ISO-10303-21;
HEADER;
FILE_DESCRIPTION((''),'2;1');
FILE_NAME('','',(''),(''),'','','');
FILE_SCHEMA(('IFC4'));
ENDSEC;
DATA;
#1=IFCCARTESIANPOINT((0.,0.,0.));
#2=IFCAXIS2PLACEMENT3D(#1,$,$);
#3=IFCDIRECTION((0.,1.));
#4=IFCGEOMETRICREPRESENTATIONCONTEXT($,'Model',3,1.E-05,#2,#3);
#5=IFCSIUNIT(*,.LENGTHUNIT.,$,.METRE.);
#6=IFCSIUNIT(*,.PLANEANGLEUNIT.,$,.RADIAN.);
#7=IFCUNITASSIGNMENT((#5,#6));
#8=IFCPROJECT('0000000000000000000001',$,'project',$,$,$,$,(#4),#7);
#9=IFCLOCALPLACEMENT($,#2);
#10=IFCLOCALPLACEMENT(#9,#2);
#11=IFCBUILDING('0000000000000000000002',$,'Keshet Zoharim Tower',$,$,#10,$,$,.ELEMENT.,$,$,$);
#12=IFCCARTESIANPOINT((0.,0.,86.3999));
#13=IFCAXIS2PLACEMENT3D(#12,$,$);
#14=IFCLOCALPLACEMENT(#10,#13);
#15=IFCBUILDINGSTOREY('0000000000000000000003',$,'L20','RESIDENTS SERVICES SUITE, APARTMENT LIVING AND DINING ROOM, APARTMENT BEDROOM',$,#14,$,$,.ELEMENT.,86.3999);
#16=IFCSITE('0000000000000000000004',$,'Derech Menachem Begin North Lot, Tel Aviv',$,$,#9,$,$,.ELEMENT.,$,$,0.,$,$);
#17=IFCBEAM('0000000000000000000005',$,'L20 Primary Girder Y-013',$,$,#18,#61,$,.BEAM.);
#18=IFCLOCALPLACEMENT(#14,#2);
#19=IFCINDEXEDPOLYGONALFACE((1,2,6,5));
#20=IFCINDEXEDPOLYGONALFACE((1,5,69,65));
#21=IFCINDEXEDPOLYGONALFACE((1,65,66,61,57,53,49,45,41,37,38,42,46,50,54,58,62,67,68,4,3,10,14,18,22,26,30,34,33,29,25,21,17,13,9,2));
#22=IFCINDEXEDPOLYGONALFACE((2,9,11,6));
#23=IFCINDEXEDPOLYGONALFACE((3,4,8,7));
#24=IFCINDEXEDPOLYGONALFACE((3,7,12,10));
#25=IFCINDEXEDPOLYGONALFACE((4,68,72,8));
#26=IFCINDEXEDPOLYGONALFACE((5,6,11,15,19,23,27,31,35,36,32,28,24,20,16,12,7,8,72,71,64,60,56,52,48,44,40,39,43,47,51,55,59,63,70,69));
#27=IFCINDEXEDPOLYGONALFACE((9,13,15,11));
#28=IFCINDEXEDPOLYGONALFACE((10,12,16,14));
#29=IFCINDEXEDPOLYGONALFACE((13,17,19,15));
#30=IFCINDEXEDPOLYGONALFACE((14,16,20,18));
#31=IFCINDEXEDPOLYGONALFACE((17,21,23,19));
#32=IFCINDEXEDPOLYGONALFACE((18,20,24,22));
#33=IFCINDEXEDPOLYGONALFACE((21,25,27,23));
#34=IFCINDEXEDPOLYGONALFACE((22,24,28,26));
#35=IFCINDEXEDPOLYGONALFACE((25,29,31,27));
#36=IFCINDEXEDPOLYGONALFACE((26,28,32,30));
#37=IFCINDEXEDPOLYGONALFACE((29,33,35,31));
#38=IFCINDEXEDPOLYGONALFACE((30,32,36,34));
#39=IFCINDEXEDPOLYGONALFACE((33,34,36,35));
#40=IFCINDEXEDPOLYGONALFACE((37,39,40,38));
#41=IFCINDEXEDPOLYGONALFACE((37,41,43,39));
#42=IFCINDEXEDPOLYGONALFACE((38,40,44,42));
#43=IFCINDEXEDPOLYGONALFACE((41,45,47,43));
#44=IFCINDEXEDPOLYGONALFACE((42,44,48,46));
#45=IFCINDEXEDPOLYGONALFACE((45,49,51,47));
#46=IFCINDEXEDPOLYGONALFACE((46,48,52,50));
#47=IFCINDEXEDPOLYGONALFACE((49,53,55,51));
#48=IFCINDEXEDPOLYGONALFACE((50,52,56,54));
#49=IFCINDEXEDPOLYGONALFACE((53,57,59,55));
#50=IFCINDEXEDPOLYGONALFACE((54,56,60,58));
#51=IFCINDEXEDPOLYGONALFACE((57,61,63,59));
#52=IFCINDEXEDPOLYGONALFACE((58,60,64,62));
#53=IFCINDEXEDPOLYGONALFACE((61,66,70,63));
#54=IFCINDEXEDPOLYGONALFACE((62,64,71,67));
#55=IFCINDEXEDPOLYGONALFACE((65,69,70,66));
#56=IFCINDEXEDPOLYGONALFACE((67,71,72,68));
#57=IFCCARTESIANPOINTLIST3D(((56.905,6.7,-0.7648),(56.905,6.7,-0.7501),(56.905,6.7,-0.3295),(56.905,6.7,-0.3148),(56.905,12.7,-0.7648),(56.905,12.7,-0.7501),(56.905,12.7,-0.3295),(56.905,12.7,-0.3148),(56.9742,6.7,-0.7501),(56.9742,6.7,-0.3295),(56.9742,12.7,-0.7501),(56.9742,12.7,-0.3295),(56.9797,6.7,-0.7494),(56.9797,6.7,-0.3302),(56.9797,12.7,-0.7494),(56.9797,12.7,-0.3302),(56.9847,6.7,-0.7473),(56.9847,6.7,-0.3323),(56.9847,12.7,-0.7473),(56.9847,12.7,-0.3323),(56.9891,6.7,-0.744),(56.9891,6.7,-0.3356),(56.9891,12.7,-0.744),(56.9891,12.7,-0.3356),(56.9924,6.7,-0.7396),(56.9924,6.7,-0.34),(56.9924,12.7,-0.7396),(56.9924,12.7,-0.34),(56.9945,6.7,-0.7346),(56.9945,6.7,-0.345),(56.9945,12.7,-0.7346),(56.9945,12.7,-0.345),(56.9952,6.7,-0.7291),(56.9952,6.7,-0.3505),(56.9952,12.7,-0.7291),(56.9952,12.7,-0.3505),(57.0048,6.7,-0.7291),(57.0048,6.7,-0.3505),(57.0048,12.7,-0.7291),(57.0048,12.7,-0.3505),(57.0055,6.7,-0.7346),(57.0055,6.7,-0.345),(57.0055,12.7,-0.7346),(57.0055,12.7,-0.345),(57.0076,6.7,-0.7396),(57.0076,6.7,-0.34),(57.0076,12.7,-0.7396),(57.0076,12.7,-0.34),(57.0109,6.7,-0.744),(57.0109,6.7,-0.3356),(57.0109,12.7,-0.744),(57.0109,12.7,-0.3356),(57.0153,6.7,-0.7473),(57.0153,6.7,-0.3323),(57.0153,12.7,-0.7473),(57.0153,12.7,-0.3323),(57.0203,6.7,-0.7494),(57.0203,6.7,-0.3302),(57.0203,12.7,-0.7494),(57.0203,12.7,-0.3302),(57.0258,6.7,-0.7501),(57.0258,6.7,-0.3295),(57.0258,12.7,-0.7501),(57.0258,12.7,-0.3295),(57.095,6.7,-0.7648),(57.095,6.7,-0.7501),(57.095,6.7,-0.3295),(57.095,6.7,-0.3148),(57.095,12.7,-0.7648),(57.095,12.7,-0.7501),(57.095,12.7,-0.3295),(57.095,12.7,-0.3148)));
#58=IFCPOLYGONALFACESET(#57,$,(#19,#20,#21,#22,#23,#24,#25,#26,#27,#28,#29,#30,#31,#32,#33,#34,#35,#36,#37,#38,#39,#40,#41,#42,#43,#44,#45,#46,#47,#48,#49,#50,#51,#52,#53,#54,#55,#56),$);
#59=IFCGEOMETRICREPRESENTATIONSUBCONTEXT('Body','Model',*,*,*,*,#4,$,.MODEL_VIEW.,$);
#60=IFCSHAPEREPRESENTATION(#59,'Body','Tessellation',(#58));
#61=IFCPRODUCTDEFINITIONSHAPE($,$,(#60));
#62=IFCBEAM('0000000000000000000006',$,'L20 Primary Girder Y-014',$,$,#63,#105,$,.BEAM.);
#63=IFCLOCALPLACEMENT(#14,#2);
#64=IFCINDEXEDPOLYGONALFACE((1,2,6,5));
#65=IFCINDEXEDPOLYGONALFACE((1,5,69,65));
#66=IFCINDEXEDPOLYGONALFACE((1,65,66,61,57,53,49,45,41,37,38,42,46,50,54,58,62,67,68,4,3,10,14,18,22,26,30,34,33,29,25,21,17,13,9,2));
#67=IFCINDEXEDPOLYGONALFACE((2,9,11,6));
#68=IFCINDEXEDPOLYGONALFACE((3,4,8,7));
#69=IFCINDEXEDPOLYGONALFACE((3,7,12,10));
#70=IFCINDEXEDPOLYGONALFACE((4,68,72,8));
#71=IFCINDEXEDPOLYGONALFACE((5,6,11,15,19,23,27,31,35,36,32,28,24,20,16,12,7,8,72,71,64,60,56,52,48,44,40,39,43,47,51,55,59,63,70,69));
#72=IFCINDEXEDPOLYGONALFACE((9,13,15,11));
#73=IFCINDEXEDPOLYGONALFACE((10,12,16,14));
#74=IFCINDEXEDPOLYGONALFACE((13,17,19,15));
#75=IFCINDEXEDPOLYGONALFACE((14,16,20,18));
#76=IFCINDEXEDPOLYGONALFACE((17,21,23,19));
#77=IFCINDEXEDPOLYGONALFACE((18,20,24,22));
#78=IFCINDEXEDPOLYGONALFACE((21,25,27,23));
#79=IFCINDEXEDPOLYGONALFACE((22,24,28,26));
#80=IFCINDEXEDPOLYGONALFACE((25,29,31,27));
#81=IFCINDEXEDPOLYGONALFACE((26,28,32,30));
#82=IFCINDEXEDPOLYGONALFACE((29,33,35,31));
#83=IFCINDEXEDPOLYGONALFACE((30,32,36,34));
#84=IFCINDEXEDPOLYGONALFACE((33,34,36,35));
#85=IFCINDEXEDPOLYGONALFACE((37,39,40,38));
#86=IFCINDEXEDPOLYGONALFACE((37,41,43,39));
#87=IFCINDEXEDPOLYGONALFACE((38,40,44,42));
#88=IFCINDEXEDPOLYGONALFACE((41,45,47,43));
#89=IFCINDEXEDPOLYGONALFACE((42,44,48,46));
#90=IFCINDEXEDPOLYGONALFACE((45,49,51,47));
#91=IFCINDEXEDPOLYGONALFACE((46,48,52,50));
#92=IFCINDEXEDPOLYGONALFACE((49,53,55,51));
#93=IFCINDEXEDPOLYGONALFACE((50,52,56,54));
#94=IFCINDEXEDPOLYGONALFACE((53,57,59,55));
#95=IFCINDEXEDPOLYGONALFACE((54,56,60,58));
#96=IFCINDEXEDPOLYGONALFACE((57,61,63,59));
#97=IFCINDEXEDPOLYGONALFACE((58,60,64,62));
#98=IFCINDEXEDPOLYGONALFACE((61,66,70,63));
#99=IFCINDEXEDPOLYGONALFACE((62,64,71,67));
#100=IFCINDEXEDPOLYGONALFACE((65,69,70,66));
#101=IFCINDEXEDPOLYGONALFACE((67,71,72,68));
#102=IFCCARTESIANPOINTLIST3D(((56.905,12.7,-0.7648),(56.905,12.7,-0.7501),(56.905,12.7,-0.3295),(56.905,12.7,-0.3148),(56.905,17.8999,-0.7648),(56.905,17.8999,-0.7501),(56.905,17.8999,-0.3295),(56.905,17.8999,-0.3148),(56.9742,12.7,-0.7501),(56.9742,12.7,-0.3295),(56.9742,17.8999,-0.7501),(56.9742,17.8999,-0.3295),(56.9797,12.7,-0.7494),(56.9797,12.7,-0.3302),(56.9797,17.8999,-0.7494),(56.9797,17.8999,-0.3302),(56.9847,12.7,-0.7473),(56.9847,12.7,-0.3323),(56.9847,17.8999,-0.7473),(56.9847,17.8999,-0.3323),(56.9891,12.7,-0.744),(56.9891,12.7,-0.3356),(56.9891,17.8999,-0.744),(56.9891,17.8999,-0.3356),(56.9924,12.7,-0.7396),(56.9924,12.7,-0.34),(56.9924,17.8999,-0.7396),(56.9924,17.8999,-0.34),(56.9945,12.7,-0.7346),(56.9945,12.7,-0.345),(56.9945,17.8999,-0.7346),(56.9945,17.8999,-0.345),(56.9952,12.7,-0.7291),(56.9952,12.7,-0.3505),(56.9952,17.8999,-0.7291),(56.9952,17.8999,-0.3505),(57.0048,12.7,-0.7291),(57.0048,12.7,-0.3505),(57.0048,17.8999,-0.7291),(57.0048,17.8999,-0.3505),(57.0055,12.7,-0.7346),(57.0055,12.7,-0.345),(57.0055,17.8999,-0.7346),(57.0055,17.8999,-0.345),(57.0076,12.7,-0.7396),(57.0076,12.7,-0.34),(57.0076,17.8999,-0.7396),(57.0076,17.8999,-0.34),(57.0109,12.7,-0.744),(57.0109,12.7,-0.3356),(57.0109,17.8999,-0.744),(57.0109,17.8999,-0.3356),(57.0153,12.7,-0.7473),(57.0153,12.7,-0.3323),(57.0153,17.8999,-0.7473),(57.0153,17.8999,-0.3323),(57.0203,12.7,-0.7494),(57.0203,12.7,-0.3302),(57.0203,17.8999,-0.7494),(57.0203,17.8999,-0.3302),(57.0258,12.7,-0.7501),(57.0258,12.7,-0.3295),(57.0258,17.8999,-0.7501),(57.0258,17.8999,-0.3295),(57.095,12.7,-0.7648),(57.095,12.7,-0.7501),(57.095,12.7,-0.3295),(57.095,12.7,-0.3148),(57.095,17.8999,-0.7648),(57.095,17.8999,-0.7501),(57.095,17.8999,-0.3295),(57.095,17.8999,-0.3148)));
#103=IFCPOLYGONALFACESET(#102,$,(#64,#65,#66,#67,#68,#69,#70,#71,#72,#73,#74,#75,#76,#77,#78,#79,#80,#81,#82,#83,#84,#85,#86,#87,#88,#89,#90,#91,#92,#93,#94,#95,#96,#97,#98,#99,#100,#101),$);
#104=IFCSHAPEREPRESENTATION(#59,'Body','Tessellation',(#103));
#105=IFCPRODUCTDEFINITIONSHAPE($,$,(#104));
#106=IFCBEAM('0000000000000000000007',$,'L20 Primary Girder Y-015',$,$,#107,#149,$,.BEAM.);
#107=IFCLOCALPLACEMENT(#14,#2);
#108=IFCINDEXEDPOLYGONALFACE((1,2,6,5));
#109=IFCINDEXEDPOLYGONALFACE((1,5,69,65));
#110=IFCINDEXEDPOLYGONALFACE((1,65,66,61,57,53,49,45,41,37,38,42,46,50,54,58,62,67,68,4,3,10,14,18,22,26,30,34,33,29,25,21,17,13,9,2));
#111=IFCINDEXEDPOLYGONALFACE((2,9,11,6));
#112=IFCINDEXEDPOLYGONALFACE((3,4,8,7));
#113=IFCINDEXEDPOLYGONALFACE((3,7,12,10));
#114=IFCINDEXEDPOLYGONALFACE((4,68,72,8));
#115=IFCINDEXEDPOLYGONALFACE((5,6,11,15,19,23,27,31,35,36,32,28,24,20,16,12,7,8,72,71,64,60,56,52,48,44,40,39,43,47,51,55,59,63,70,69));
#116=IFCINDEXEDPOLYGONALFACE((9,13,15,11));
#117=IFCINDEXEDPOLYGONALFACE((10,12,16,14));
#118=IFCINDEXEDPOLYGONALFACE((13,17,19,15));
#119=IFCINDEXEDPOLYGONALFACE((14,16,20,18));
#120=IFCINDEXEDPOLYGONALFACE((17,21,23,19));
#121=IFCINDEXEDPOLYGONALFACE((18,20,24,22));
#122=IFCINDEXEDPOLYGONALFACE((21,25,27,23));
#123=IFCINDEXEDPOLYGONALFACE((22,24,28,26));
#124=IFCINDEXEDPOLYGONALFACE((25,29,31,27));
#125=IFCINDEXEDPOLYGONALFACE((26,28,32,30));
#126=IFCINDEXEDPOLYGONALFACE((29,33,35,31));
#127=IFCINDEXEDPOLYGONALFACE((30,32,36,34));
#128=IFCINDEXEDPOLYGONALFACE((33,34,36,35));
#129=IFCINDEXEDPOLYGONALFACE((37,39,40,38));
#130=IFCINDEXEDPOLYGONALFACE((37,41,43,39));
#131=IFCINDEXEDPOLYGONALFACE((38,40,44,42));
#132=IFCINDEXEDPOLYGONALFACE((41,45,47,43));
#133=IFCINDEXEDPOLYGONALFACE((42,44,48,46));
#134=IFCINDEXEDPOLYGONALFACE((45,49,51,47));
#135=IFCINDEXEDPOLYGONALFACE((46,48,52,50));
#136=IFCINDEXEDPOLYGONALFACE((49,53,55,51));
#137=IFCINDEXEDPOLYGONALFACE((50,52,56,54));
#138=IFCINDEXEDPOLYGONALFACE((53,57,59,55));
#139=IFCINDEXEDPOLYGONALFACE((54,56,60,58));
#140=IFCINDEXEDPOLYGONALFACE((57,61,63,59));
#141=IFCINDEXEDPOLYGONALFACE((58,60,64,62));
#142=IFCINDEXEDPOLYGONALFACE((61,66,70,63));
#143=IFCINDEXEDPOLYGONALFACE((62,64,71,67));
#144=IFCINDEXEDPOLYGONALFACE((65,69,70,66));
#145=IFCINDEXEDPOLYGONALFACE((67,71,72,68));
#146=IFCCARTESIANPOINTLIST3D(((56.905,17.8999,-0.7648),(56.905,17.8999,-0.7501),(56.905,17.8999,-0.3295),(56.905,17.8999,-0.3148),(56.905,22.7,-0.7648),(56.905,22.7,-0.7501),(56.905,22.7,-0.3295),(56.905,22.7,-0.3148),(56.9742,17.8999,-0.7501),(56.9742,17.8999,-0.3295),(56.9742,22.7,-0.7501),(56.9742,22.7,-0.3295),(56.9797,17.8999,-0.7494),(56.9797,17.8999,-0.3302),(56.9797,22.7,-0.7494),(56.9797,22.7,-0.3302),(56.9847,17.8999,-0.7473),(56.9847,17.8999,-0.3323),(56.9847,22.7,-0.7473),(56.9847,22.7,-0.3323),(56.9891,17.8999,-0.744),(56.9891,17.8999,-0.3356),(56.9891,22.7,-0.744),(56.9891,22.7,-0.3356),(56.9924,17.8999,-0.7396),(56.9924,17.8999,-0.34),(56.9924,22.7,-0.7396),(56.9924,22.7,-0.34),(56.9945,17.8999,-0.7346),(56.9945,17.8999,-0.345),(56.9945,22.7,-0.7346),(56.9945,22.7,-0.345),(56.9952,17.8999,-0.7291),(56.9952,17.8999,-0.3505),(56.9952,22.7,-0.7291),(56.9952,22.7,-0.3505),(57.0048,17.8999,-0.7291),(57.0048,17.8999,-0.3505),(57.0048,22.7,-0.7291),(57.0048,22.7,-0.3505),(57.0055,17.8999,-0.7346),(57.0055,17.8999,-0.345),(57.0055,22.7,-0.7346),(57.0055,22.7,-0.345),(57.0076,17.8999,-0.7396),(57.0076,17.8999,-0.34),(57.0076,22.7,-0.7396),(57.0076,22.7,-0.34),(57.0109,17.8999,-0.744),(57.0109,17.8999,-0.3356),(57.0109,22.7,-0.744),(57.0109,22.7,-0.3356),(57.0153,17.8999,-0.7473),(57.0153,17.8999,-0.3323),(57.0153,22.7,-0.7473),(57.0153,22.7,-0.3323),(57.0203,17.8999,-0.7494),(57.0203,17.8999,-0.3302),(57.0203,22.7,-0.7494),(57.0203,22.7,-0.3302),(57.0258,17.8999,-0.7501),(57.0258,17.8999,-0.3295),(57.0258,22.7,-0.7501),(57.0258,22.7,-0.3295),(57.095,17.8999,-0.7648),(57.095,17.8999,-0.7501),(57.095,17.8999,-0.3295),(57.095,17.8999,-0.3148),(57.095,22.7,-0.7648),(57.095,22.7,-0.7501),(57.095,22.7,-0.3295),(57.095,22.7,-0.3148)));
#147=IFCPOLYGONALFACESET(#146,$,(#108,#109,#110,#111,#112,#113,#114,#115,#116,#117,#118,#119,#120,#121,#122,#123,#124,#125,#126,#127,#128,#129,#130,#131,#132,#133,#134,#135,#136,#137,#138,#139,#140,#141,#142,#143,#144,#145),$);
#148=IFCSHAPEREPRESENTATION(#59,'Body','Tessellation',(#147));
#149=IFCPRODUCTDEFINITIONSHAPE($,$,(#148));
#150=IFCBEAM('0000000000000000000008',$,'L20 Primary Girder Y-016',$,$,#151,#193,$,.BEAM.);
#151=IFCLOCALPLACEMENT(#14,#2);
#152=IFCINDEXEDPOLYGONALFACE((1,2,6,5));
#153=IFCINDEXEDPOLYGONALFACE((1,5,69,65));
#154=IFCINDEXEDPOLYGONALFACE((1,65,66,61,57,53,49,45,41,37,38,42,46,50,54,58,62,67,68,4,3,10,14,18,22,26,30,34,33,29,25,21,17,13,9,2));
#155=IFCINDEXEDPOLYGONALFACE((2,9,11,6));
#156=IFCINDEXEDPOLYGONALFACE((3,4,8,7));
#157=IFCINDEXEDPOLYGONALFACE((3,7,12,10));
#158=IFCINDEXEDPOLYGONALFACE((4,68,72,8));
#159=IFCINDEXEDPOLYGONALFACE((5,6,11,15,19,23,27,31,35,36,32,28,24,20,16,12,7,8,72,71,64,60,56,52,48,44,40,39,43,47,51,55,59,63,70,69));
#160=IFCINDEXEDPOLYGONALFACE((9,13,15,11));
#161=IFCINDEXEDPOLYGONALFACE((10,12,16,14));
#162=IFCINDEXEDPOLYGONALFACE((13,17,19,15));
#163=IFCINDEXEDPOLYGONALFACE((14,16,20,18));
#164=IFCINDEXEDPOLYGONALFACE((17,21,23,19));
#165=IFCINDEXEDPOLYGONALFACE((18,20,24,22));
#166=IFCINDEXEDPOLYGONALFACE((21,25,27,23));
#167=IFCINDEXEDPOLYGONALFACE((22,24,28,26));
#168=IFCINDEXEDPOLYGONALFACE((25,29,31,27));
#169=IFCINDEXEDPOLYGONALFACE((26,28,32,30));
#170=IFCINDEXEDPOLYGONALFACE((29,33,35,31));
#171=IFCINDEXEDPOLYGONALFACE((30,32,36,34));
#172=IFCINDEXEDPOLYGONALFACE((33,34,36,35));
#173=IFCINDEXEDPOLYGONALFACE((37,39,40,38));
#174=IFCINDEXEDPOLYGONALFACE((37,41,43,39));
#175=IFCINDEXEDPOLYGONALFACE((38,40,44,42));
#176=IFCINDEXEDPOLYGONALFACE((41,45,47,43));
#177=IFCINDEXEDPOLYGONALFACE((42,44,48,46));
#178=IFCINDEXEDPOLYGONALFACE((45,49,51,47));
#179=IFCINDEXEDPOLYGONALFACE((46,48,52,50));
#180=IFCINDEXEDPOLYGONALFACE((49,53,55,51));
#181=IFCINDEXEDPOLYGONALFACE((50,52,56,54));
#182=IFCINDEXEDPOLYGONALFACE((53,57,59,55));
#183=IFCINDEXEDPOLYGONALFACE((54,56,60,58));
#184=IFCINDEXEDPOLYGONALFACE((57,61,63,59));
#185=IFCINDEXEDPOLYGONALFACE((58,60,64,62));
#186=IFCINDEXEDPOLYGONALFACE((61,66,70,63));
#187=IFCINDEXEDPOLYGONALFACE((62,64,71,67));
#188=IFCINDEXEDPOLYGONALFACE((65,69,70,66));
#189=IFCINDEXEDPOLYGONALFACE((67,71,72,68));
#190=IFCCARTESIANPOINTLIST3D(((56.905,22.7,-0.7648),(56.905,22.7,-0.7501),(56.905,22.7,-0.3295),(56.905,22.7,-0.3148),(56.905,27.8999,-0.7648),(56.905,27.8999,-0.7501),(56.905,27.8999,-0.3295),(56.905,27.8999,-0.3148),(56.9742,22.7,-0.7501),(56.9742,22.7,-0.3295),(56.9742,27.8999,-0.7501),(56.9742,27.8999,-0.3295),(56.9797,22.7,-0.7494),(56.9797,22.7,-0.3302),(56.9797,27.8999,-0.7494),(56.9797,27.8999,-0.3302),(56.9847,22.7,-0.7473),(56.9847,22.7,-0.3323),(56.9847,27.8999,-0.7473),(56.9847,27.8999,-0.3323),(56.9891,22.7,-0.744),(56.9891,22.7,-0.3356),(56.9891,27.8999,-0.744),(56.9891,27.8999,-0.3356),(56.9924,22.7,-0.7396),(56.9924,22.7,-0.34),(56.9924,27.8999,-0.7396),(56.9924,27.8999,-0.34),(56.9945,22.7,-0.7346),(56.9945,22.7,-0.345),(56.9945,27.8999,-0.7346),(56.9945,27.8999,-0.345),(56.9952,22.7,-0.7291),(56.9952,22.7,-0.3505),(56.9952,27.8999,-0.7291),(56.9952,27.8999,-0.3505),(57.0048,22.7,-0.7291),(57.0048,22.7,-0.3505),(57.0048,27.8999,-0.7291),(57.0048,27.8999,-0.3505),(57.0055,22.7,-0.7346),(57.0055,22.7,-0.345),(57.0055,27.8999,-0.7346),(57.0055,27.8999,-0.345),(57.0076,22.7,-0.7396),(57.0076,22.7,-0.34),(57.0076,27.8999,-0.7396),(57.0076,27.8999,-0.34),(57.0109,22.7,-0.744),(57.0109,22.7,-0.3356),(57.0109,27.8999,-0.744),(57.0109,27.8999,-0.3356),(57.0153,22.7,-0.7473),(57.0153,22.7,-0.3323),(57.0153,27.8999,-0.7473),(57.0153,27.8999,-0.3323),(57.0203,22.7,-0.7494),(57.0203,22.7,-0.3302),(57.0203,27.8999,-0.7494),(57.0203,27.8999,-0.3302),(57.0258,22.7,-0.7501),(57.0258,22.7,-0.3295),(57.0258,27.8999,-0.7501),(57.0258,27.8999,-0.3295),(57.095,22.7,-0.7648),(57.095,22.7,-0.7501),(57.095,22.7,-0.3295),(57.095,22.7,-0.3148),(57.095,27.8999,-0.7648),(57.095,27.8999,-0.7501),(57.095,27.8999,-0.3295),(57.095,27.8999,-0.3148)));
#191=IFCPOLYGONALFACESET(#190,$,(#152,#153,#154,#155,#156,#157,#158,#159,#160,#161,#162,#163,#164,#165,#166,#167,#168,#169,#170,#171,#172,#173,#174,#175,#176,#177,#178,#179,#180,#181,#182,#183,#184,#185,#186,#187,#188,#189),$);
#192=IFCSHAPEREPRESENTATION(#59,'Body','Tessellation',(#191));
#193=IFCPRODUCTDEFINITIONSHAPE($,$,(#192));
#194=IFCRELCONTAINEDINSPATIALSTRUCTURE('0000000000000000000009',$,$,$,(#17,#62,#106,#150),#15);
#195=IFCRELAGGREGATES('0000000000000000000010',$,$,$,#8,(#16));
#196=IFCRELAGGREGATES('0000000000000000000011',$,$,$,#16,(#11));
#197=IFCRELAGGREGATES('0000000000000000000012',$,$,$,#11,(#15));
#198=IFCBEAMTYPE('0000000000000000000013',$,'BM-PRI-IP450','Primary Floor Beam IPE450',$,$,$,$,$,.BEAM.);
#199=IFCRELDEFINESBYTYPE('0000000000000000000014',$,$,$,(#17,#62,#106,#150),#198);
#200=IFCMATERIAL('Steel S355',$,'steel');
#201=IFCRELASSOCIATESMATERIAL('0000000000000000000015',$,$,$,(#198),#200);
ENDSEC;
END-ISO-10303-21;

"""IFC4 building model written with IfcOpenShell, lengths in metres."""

from ifc_helpers import new_model, si_unit, direction, frame, origin, origin_2d, place, context, subcontext, project, spatial, i_section, extrude, material, material_profile, profile_set, type_object, element, save


model = new_model("IFC4")

# Units and contexts
model_context = context("Model", 3, precision=1e-05, world=origin(), true_north=direction((0.0, 1.0)))
body_context = subcontext(model_context, "Body", "Model", "MODEL_VIEW")
ifc_project = project(units=[si_unit("LENGTHUNIT", "METRE"), si_unit("PLANEANGLEUNIT", "RADIAN")], contexts=[model_context])

# Site, building, storey
site_placement = place(None, origin())
site = spatial("IfcSite", under=ifc_project, at=site_placement, Name="Derech Menachem Begin North Lot, Tel Aviv", CompositionType="ELEMENT", RefElevation=0.0)
building_placement = place(site_placement, origin())
building = spatial("IfcBuilding", under=site, at=building_placement, Name="Keshet Zoharim Tower", CompositionType="ELEMENT")
storey_placement = place(building_placement, frame((0.0, 0.0, 86.3999)))
storey = spatial("IfcBuildingStorey", under=building, at=storey_placement, Name="L20", Description="RESIDENTS SERVICES SUITE, APARTMENT LIVING AND DINING ROOM, APARTMENT BEDROOM", CompositionType="ELEMENT", Elevation=86.3999)

# Shared definitions
ifc_material_1 = material(Name="Steel S355", Category="steel")

# Beams
ifc_material_profile_1 = material_profile(ifc_material_1, i_section(OverallWidth=0.1899, OverallDepth=0.45, WebThickness=0.0095, FlangeThickness=0.0146, FilletRadius=0.021, at=origin_2d()), Name="IPE450")
ifc_profile_set_1 = profile_set([ifc_material_profile_1], Name="Steel S355")
beam_type = type_object("IfcBeamType", Name="BM-PRI-IP450", Description="Primary Floor Beam IPE450", PredefinedType="BEAM", material=ifc_profile_set_1)
beam_1_placement = place(storey_placement, frame((57.0, 6.7, -0.5398), z_axis=(0.0, 1.0, 0.0), x_axis=(-1.0, 0.0, 0.0)))
element("IfcBeam", 1, at=beam_1_placement, inside=storey, type_object=beam_type, Name="L20 Primary Girder Y-013", PredefinedType="BEAM", context=body_context, shape_type="SweptSolid", body=[
    extrude(i_section(OverallWidth=0.1899, OverallDepth=0.45, WebThickness=0.0095, FlangeThickness=0.0146, FilletRadius=0.021, at=origin_2d()), origin(), (0.0, 0.0, 1.0), 6.0),
])
beam_2_placement = place(storey_placement, frame((57.0, 12.7, -0.5398), z_axis=(0.0, 1.0, 0.0), x_axis=(-1.0, 0.0, 0.0)))
element("IfcBeam", 2, at=beam_2_placement, inside=storey, type_object=beam_type, Name="L20 Primary Girder Y-014", PredefinedType="BEAM", context=body_context, shape_type="SweptSolid", body=[
    extrude(i_section(OverallWidth=0.1899, OverallDepth=0.45, WebThickness=0.0095, FlangeThickness=0.0146, FilletRadius=0.021, at=origin_2d()), origin(), (0.0, 0.0, 1.0), 5.2),
])
beam_3_placement = place(storey_placement, frame((57.0, 17.8999, -0.5398), z_axis=(0.0, 1.0, 0.0), x_axis=(-1.0, 0.0, 0.0)))
element("IfcBeam", 3, at=beam_3_placement, inside=storey, type_object=beam_type, Name="L20 Primary Girder Y-015", PredefinedType="BEAM", context=body_context, shape_type="SweptSolid", body=[
    extrude(i_section(OverallWidth=0.1899, OverallDepth=0.45, WebThickness=0.0095, FlangeThickness=0.0146, FilletRadius=0.021, at=origin_2d()), origin(), (0.0, 0.0, 1.0), 4.8),
])
beam_4_placement = place(storey_placement, frame((57.0, 22.7, -0.5398), z_axis=(0.0, 1.0, 0.0), x_axis=(-1.0, 0.0, 0.0)))
element("IfcBeam", 4, at=beam_4_placement, inside=storey, type_object=beam_type, Name="L20 Primary Girder Y-016", PredefinedType="BEAM", context=body_context, shape_type="SweptSolid", body=[
    extrude(i_section(OverallWidth=0.1899, OverallDepth=0.45, WebThickness=0.0095, FlangeThickness=0.0146, FilletRadius=0.021, at=origin_2d()), origin(), (0.0, 0.0, 1.0), 5.2),
])

save(model, "model.ifc")
